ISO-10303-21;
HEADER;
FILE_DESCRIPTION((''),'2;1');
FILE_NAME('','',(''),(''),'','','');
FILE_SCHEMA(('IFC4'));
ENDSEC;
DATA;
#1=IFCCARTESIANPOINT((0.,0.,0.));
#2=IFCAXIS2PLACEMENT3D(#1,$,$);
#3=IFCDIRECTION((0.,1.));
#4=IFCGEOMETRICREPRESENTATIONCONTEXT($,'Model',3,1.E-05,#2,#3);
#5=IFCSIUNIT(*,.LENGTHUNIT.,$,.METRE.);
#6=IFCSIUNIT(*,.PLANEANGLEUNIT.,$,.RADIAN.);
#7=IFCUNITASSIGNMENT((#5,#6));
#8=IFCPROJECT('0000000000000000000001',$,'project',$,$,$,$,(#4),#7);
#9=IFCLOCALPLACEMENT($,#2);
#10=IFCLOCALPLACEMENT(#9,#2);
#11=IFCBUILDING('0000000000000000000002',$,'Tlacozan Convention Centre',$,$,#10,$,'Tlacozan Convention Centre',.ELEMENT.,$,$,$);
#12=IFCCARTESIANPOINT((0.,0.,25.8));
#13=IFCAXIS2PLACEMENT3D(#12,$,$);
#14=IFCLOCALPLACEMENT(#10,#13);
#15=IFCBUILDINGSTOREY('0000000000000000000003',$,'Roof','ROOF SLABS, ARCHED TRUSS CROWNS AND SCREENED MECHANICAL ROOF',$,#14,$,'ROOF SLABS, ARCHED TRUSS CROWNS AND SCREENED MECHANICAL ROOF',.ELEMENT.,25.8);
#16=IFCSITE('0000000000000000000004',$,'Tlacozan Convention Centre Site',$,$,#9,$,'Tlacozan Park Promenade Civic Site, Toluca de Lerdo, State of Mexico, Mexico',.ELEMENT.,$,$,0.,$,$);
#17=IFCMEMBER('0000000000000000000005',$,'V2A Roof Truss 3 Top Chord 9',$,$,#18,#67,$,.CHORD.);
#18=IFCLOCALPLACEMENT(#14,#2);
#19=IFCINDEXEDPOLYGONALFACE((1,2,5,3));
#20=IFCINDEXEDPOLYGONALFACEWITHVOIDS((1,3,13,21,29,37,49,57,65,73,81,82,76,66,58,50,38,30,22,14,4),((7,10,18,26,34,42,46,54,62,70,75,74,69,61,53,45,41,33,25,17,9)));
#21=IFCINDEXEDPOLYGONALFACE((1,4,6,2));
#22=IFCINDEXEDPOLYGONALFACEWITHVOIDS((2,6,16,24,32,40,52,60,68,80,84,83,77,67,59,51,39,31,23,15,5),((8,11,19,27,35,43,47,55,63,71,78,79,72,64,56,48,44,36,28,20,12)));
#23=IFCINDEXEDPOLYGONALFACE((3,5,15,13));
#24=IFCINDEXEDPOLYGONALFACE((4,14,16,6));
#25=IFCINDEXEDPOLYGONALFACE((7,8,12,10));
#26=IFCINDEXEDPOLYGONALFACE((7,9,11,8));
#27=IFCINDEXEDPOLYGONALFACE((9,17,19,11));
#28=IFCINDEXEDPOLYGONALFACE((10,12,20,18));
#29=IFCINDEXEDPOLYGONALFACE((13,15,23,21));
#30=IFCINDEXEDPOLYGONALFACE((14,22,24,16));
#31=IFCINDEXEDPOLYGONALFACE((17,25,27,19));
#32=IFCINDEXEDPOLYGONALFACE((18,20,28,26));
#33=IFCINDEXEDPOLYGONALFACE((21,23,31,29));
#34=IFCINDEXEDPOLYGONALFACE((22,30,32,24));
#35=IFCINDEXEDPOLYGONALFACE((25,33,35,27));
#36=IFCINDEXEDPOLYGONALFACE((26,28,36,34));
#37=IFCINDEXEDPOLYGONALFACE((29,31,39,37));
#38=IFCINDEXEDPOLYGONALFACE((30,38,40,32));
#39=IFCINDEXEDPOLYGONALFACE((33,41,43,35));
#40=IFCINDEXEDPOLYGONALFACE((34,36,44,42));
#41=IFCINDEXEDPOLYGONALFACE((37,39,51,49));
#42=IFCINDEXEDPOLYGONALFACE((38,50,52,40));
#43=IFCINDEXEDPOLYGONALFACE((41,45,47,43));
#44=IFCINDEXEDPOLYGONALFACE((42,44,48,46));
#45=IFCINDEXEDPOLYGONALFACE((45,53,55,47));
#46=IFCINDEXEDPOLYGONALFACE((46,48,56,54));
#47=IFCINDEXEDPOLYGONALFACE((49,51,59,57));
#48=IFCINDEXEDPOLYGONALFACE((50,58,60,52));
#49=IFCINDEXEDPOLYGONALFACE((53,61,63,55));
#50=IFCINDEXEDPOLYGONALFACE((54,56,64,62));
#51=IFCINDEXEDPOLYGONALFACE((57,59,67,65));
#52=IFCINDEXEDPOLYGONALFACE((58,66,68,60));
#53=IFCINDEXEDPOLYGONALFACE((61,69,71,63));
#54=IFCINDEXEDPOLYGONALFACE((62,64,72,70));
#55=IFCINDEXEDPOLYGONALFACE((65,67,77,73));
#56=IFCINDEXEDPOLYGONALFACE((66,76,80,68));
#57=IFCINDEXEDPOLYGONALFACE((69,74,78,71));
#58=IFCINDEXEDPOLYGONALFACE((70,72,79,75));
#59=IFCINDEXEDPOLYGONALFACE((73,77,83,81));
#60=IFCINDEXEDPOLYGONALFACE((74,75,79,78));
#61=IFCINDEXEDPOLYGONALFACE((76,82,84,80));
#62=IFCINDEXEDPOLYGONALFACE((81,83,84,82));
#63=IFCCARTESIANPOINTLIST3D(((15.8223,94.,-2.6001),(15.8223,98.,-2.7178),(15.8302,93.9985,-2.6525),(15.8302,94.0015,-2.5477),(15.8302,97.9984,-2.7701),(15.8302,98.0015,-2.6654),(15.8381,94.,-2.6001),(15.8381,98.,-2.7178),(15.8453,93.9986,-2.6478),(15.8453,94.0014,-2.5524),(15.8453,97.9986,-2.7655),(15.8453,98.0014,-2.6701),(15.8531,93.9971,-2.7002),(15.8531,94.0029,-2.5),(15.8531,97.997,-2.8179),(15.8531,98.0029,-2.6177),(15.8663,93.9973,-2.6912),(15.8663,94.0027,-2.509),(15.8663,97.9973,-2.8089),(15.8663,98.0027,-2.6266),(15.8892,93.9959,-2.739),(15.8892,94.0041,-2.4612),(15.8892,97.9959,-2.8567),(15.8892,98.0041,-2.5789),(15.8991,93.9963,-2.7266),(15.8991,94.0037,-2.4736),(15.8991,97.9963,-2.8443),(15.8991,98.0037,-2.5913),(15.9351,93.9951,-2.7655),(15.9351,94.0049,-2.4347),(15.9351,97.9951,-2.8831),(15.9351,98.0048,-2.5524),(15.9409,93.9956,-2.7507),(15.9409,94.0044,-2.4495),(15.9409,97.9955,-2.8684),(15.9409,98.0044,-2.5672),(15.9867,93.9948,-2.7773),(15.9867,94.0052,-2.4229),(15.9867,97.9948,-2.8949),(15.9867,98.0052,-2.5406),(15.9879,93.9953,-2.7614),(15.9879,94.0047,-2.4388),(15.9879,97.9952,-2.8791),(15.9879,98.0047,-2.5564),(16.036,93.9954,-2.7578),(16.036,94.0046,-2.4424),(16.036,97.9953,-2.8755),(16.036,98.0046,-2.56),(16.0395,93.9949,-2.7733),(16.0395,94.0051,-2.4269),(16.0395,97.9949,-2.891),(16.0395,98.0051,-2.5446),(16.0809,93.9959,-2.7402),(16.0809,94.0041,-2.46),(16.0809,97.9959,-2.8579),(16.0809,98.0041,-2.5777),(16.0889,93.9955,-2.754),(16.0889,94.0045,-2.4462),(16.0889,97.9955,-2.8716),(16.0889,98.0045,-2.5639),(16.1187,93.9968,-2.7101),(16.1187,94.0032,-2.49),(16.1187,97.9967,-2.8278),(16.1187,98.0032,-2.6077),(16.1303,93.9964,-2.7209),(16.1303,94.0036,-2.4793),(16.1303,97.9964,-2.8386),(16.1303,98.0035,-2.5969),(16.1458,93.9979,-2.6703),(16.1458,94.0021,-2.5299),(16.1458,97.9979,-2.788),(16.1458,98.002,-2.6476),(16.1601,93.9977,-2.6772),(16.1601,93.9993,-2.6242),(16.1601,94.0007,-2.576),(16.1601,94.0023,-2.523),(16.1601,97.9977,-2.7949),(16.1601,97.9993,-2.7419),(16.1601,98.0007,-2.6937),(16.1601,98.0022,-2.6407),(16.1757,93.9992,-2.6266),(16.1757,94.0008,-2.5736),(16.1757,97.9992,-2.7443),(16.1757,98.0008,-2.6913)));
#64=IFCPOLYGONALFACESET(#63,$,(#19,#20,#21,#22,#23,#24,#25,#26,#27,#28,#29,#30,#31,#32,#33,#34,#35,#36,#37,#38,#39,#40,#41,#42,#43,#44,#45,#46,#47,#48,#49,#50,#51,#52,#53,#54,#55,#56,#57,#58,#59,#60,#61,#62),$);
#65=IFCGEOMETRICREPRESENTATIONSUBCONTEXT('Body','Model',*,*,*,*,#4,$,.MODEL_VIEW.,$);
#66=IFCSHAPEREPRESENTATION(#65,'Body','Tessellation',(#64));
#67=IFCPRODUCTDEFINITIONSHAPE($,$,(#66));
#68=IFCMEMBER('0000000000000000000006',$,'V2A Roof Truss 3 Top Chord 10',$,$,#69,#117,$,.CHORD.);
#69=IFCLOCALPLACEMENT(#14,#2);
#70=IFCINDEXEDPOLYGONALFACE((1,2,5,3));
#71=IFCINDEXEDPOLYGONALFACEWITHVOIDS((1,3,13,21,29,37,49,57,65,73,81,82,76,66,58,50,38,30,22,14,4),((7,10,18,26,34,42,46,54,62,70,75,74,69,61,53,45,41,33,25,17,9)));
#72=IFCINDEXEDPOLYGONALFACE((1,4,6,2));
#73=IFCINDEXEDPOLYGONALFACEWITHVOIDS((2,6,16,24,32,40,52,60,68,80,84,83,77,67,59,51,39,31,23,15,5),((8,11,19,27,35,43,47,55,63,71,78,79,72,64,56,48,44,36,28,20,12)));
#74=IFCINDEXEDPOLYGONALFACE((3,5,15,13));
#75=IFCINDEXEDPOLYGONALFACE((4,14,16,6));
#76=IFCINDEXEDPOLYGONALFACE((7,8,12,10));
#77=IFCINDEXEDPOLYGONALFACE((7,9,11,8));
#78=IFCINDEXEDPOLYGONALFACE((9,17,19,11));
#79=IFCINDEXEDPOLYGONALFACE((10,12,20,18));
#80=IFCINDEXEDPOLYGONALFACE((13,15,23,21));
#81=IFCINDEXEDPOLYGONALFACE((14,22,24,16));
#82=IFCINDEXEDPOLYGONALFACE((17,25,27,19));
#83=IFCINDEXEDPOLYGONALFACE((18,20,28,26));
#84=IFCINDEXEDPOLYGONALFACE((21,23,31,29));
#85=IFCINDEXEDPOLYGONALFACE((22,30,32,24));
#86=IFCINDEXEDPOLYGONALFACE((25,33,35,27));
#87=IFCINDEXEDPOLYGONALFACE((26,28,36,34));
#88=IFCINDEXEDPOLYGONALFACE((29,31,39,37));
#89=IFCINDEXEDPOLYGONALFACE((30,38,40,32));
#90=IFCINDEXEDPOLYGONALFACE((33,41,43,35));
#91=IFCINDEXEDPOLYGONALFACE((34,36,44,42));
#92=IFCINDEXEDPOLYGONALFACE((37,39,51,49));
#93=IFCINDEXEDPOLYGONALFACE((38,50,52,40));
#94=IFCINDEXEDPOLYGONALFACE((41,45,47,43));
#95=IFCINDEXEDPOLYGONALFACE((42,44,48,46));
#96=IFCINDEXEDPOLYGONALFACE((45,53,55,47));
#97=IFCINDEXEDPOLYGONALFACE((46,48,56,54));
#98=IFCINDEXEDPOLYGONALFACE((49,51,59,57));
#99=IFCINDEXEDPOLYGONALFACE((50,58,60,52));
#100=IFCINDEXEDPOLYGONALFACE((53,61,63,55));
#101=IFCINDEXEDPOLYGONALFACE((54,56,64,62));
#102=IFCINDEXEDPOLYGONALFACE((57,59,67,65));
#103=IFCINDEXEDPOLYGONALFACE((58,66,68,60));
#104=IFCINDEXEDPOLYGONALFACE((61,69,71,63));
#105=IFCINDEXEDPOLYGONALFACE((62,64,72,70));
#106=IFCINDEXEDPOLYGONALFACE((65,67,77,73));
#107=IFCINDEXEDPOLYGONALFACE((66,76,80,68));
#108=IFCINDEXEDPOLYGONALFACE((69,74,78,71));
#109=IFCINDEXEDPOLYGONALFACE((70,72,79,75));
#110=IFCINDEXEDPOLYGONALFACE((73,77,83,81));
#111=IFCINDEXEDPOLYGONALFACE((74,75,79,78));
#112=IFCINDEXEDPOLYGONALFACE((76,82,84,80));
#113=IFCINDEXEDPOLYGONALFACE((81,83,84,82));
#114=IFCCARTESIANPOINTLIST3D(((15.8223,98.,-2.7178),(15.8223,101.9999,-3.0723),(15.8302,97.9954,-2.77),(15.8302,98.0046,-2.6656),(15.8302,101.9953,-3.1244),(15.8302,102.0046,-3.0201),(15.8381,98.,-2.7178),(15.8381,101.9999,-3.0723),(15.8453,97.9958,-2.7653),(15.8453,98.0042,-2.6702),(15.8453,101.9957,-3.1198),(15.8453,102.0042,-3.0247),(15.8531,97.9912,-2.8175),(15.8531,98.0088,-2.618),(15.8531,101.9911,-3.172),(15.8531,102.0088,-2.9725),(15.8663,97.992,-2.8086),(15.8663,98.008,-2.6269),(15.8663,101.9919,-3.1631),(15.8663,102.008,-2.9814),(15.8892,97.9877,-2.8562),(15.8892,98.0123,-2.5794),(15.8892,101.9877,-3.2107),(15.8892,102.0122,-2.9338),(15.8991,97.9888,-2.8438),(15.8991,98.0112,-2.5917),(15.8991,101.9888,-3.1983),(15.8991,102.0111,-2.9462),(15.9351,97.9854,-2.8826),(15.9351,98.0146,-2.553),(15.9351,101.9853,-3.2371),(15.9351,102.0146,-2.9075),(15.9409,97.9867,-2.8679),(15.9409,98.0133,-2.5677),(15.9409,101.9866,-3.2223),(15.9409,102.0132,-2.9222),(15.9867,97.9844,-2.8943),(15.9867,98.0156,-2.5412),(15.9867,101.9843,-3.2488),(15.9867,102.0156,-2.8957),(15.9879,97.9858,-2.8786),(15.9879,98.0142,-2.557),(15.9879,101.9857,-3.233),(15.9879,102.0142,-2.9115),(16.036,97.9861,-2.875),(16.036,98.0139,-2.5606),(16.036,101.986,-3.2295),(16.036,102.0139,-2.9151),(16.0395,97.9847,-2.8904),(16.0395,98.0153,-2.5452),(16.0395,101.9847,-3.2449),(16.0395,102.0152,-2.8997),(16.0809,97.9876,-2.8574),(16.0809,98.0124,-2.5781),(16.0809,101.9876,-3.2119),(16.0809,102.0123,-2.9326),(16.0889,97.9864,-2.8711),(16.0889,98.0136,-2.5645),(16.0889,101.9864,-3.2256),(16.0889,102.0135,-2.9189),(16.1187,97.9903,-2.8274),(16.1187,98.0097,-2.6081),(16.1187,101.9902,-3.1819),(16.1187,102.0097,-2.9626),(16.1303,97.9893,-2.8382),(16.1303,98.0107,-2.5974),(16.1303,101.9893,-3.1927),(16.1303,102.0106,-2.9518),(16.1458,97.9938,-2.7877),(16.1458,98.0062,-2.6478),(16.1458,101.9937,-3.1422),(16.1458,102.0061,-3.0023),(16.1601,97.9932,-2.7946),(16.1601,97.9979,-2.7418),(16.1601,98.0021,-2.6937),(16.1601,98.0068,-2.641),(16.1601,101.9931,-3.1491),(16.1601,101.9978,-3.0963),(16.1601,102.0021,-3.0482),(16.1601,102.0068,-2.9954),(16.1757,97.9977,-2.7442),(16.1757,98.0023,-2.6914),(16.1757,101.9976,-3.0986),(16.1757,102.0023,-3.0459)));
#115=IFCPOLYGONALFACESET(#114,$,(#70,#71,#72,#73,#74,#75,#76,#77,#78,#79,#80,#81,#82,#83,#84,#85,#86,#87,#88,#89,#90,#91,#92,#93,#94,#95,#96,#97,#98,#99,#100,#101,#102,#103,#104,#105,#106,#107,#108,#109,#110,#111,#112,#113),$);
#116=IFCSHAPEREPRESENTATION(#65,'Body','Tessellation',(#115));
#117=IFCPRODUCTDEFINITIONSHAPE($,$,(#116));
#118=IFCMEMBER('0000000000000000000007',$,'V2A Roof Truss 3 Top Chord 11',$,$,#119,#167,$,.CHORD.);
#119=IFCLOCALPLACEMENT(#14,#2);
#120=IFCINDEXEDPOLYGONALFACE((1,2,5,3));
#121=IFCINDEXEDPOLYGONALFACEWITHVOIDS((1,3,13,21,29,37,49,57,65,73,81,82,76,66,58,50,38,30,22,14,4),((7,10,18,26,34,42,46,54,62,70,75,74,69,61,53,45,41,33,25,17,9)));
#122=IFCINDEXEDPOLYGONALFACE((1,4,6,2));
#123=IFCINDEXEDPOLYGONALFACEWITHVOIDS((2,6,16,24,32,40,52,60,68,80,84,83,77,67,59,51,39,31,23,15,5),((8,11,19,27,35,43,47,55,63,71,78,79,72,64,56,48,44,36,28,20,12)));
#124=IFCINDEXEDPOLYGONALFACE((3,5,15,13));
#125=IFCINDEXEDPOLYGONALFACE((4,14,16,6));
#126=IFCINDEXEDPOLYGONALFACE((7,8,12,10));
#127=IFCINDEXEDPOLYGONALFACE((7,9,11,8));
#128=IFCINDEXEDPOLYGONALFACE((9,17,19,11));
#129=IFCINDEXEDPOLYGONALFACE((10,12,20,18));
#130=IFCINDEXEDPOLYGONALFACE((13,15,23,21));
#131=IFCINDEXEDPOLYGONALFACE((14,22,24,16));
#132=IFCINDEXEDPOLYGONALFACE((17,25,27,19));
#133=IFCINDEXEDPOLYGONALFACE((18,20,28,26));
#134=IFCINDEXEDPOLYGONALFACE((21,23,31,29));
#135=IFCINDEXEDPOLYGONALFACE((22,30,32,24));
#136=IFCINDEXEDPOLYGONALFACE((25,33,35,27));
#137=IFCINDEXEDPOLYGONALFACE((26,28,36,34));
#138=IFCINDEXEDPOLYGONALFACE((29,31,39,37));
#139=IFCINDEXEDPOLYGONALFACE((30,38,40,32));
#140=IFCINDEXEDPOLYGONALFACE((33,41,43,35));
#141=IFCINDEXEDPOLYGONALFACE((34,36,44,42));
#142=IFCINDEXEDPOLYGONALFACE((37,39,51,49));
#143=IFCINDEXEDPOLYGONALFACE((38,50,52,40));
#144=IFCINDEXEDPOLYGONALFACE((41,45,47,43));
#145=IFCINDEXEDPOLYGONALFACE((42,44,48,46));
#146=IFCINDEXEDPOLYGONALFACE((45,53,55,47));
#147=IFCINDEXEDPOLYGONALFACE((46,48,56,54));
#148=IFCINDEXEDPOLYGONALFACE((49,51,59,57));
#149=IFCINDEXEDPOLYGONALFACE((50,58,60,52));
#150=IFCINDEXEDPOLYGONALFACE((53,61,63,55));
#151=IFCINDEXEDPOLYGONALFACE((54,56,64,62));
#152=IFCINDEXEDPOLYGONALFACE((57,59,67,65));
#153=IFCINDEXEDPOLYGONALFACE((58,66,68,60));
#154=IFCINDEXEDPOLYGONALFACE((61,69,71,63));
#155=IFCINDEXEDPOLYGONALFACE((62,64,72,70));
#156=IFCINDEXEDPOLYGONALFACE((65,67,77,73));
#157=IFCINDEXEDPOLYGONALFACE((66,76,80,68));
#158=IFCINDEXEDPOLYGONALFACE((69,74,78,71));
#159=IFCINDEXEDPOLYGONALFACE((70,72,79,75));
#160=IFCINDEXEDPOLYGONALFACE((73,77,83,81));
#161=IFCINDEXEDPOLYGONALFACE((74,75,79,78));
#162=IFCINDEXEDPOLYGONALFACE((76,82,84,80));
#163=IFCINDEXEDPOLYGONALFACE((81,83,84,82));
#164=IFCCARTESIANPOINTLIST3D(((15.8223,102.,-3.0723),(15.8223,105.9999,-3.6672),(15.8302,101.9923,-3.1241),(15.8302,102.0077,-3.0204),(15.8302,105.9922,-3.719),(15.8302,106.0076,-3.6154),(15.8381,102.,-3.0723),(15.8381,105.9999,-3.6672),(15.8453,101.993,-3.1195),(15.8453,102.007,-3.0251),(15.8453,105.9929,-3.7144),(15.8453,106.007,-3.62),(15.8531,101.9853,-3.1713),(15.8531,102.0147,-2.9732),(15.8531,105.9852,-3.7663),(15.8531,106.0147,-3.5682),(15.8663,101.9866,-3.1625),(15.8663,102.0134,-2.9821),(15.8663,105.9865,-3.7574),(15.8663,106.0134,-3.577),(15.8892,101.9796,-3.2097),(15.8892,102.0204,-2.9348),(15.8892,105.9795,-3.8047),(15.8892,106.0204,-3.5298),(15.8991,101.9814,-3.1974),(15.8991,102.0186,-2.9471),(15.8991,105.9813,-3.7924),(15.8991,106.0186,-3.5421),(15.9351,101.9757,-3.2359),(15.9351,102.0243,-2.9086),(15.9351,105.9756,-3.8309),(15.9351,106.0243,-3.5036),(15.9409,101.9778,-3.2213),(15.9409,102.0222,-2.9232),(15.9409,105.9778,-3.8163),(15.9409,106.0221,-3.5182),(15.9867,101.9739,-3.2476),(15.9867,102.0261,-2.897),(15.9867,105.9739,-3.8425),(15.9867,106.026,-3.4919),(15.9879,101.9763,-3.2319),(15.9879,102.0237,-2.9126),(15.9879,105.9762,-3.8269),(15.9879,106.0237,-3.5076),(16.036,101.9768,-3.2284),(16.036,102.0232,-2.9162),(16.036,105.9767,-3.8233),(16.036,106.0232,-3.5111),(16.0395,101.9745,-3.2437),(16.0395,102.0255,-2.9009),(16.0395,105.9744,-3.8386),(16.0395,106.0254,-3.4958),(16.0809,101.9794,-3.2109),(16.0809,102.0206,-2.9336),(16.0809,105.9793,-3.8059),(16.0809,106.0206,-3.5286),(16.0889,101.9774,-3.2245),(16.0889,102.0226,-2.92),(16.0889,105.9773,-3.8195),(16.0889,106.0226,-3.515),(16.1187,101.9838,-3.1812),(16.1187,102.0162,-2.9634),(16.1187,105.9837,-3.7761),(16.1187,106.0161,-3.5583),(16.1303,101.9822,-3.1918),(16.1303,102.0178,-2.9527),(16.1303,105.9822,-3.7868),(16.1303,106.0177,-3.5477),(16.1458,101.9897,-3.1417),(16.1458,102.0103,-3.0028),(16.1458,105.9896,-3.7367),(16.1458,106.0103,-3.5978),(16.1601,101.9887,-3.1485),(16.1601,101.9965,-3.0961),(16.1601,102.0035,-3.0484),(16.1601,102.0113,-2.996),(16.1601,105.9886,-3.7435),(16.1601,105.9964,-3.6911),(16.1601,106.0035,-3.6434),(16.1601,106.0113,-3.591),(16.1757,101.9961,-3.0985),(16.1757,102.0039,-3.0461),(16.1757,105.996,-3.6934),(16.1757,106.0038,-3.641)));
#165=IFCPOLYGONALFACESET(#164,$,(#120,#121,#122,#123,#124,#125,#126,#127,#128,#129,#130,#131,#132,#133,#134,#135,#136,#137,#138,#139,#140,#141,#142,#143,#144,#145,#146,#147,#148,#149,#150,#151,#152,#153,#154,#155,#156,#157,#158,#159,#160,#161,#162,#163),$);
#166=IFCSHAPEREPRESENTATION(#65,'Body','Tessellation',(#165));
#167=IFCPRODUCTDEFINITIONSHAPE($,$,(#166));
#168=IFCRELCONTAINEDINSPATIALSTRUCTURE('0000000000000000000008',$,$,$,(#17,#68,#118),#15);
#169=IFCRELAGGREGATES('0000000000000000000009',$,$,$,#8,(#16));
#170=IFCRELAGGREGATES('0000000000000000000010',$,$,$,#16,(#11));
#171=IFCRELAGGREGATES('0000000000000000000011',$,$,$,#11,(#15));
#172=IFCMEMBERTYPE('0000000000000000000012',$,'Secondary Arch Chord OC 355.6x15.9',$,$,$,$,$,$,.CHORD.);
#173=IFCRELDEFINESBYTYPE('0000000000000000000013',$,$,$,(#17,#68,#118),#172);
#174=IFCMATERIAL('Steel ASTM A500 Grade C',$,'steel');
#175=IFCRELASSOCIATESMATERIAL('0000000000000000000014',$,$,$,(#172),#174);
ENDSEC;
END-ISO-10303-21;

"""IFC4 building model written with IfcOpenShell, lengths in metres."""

from ifc_helpers import new_model, si_unit, direction, frame, origin, origin_2d, place, context, subcontext, project, spatial, hollow_circle, extrude, material, material_profile, profile_set, type_object, element, save


model = new_model("IFC4")

# Units and contexts
model_context = context("Model", 3, precision=1e-05, world=origin(), true_north=direction((0.0, 1.0)))
body_context = subcontext(model_context, "Body", "Model", "MODEL_VIEW")
ifc_project = project(units=[si_unit("LENGTHUNIT", "METRE"), si_unit("PLANEANGLEUNIT", "RADIAN")], contexts=[model_context])

# Site, building, storey
site_placement = place(None, origin())
site = spatial("IfcSite", under=ifc_project, at=site_placement, Name="Tlacozan Convention Centre Site", LongName="Tlacozan Park Promenade Civic Site, Toluca de Lerdo, State of Mexico, Mexico", CompositionType="ELEMENT", RefElevation=0.0)
building_placement = place(site_placement, origin())
building = spatial("IfcBuilding", under=site, at=building_placement, Name="Tlacozan Convention Centre", LongName="Tlacozan Convention Centre", CompositionType="ELEMENT")
storey_placement = place(building_placement, frame((0.0, 0.0, 25.8)))
storey = spatial("IfcBuildingStorey", under=building, at=storey_placement, Name="Roof", Description="ROOF SLABS, ARCHED TRUSS CROWNS AND SCREENED MECHANICAL ROOF", LongName="ROOF SLABS, ARCHED TRUSS CROWNS AND SCREENED MECHANICAL ROOF", CompositionType="ELEMENT", Elevation=25.8)

# Members
ifc_material_1 = material(Name="Steel ASTM A500 Grade C", Category="steel")
ifc_material_profile_1 = material_profile(ifc_material_1, hollow_circle(Radius=0.1777, WallThickness=0.0159, at=origin_2d()), Name="OC 355.6x15.9")
ifc_profile_set_1 = profile_set([ifc_material_profile_1], Name="Steel ASTM A500 Grade C")
member_type_1 = type_object("IfcMemberType", Name="Secondary Arch Chord OC 355.6x15.9", PredefinedType="CHORD", material=ifc_profile_set_1)
member_1_placement = place(storey_placement, frame((16.0, 94.0, -2.6001), z_axis=(0.0, 0.999568, -0.029406), x_axis=(-1.0, 0.0, 0.0)))
element("IfcMember", 1, at=member_1_placement, inside=storey, type_object=member_type_1, Name="V2A Roof Truss 3 Top Chord 9", PredefinedType="CHORD", context=body_context, shape_type="SweptSolid", body=[
    extrude(hollow_circle(Radius=0.1777, WallThickness=0.0159, at=origin_2d()), origin(), (0.0, 0.0, 1.0), 4.0017),
])
member_2_placement = place(storey_placement, frame((16.0, 98.0, -2.7178), z_axis=(0.0, 0.996096, -0.088277), x_axis=(-1.0, 0.0, 0.0)))
element("IfcMember", 2, at=member_2_placement, inside=storey, type_object=member_type_1, Name="V2A Roof Truss 3 Top Chord 10", PredefinedType="CHORD", context=body_context, shape_type="SweptSolid", body=[
    extrude(hollow_circle(Radius=0.1777, WallThickness=0.0159, at=origin_2d()), origin(), (0.0, 0.0, 1.0), 4.0156),
])
member_3_placement = place(storey_placement, frame((16.0, 102.0, -3.0723), z_axis=(0.0, 0.989118, -0.147124), x_axis=(-1.0, 0.0, 0.0)))
element("IfcMember", 3, at=member_3_placement, inside=storey, type_object=member_type_1, Name="V2A Roof Truss 3 Top Chord 11", PredefinedType="CHORD", context=body_context, shape_type="SweptSolid", body=[
    extrude(hollow_circle(Radius=0.1777, WallThickness=0.0159, at=origin_2d()), origin(), (0.0, 0.0, 1.0), 4.0439),
])

save(model, "model.ifc")
